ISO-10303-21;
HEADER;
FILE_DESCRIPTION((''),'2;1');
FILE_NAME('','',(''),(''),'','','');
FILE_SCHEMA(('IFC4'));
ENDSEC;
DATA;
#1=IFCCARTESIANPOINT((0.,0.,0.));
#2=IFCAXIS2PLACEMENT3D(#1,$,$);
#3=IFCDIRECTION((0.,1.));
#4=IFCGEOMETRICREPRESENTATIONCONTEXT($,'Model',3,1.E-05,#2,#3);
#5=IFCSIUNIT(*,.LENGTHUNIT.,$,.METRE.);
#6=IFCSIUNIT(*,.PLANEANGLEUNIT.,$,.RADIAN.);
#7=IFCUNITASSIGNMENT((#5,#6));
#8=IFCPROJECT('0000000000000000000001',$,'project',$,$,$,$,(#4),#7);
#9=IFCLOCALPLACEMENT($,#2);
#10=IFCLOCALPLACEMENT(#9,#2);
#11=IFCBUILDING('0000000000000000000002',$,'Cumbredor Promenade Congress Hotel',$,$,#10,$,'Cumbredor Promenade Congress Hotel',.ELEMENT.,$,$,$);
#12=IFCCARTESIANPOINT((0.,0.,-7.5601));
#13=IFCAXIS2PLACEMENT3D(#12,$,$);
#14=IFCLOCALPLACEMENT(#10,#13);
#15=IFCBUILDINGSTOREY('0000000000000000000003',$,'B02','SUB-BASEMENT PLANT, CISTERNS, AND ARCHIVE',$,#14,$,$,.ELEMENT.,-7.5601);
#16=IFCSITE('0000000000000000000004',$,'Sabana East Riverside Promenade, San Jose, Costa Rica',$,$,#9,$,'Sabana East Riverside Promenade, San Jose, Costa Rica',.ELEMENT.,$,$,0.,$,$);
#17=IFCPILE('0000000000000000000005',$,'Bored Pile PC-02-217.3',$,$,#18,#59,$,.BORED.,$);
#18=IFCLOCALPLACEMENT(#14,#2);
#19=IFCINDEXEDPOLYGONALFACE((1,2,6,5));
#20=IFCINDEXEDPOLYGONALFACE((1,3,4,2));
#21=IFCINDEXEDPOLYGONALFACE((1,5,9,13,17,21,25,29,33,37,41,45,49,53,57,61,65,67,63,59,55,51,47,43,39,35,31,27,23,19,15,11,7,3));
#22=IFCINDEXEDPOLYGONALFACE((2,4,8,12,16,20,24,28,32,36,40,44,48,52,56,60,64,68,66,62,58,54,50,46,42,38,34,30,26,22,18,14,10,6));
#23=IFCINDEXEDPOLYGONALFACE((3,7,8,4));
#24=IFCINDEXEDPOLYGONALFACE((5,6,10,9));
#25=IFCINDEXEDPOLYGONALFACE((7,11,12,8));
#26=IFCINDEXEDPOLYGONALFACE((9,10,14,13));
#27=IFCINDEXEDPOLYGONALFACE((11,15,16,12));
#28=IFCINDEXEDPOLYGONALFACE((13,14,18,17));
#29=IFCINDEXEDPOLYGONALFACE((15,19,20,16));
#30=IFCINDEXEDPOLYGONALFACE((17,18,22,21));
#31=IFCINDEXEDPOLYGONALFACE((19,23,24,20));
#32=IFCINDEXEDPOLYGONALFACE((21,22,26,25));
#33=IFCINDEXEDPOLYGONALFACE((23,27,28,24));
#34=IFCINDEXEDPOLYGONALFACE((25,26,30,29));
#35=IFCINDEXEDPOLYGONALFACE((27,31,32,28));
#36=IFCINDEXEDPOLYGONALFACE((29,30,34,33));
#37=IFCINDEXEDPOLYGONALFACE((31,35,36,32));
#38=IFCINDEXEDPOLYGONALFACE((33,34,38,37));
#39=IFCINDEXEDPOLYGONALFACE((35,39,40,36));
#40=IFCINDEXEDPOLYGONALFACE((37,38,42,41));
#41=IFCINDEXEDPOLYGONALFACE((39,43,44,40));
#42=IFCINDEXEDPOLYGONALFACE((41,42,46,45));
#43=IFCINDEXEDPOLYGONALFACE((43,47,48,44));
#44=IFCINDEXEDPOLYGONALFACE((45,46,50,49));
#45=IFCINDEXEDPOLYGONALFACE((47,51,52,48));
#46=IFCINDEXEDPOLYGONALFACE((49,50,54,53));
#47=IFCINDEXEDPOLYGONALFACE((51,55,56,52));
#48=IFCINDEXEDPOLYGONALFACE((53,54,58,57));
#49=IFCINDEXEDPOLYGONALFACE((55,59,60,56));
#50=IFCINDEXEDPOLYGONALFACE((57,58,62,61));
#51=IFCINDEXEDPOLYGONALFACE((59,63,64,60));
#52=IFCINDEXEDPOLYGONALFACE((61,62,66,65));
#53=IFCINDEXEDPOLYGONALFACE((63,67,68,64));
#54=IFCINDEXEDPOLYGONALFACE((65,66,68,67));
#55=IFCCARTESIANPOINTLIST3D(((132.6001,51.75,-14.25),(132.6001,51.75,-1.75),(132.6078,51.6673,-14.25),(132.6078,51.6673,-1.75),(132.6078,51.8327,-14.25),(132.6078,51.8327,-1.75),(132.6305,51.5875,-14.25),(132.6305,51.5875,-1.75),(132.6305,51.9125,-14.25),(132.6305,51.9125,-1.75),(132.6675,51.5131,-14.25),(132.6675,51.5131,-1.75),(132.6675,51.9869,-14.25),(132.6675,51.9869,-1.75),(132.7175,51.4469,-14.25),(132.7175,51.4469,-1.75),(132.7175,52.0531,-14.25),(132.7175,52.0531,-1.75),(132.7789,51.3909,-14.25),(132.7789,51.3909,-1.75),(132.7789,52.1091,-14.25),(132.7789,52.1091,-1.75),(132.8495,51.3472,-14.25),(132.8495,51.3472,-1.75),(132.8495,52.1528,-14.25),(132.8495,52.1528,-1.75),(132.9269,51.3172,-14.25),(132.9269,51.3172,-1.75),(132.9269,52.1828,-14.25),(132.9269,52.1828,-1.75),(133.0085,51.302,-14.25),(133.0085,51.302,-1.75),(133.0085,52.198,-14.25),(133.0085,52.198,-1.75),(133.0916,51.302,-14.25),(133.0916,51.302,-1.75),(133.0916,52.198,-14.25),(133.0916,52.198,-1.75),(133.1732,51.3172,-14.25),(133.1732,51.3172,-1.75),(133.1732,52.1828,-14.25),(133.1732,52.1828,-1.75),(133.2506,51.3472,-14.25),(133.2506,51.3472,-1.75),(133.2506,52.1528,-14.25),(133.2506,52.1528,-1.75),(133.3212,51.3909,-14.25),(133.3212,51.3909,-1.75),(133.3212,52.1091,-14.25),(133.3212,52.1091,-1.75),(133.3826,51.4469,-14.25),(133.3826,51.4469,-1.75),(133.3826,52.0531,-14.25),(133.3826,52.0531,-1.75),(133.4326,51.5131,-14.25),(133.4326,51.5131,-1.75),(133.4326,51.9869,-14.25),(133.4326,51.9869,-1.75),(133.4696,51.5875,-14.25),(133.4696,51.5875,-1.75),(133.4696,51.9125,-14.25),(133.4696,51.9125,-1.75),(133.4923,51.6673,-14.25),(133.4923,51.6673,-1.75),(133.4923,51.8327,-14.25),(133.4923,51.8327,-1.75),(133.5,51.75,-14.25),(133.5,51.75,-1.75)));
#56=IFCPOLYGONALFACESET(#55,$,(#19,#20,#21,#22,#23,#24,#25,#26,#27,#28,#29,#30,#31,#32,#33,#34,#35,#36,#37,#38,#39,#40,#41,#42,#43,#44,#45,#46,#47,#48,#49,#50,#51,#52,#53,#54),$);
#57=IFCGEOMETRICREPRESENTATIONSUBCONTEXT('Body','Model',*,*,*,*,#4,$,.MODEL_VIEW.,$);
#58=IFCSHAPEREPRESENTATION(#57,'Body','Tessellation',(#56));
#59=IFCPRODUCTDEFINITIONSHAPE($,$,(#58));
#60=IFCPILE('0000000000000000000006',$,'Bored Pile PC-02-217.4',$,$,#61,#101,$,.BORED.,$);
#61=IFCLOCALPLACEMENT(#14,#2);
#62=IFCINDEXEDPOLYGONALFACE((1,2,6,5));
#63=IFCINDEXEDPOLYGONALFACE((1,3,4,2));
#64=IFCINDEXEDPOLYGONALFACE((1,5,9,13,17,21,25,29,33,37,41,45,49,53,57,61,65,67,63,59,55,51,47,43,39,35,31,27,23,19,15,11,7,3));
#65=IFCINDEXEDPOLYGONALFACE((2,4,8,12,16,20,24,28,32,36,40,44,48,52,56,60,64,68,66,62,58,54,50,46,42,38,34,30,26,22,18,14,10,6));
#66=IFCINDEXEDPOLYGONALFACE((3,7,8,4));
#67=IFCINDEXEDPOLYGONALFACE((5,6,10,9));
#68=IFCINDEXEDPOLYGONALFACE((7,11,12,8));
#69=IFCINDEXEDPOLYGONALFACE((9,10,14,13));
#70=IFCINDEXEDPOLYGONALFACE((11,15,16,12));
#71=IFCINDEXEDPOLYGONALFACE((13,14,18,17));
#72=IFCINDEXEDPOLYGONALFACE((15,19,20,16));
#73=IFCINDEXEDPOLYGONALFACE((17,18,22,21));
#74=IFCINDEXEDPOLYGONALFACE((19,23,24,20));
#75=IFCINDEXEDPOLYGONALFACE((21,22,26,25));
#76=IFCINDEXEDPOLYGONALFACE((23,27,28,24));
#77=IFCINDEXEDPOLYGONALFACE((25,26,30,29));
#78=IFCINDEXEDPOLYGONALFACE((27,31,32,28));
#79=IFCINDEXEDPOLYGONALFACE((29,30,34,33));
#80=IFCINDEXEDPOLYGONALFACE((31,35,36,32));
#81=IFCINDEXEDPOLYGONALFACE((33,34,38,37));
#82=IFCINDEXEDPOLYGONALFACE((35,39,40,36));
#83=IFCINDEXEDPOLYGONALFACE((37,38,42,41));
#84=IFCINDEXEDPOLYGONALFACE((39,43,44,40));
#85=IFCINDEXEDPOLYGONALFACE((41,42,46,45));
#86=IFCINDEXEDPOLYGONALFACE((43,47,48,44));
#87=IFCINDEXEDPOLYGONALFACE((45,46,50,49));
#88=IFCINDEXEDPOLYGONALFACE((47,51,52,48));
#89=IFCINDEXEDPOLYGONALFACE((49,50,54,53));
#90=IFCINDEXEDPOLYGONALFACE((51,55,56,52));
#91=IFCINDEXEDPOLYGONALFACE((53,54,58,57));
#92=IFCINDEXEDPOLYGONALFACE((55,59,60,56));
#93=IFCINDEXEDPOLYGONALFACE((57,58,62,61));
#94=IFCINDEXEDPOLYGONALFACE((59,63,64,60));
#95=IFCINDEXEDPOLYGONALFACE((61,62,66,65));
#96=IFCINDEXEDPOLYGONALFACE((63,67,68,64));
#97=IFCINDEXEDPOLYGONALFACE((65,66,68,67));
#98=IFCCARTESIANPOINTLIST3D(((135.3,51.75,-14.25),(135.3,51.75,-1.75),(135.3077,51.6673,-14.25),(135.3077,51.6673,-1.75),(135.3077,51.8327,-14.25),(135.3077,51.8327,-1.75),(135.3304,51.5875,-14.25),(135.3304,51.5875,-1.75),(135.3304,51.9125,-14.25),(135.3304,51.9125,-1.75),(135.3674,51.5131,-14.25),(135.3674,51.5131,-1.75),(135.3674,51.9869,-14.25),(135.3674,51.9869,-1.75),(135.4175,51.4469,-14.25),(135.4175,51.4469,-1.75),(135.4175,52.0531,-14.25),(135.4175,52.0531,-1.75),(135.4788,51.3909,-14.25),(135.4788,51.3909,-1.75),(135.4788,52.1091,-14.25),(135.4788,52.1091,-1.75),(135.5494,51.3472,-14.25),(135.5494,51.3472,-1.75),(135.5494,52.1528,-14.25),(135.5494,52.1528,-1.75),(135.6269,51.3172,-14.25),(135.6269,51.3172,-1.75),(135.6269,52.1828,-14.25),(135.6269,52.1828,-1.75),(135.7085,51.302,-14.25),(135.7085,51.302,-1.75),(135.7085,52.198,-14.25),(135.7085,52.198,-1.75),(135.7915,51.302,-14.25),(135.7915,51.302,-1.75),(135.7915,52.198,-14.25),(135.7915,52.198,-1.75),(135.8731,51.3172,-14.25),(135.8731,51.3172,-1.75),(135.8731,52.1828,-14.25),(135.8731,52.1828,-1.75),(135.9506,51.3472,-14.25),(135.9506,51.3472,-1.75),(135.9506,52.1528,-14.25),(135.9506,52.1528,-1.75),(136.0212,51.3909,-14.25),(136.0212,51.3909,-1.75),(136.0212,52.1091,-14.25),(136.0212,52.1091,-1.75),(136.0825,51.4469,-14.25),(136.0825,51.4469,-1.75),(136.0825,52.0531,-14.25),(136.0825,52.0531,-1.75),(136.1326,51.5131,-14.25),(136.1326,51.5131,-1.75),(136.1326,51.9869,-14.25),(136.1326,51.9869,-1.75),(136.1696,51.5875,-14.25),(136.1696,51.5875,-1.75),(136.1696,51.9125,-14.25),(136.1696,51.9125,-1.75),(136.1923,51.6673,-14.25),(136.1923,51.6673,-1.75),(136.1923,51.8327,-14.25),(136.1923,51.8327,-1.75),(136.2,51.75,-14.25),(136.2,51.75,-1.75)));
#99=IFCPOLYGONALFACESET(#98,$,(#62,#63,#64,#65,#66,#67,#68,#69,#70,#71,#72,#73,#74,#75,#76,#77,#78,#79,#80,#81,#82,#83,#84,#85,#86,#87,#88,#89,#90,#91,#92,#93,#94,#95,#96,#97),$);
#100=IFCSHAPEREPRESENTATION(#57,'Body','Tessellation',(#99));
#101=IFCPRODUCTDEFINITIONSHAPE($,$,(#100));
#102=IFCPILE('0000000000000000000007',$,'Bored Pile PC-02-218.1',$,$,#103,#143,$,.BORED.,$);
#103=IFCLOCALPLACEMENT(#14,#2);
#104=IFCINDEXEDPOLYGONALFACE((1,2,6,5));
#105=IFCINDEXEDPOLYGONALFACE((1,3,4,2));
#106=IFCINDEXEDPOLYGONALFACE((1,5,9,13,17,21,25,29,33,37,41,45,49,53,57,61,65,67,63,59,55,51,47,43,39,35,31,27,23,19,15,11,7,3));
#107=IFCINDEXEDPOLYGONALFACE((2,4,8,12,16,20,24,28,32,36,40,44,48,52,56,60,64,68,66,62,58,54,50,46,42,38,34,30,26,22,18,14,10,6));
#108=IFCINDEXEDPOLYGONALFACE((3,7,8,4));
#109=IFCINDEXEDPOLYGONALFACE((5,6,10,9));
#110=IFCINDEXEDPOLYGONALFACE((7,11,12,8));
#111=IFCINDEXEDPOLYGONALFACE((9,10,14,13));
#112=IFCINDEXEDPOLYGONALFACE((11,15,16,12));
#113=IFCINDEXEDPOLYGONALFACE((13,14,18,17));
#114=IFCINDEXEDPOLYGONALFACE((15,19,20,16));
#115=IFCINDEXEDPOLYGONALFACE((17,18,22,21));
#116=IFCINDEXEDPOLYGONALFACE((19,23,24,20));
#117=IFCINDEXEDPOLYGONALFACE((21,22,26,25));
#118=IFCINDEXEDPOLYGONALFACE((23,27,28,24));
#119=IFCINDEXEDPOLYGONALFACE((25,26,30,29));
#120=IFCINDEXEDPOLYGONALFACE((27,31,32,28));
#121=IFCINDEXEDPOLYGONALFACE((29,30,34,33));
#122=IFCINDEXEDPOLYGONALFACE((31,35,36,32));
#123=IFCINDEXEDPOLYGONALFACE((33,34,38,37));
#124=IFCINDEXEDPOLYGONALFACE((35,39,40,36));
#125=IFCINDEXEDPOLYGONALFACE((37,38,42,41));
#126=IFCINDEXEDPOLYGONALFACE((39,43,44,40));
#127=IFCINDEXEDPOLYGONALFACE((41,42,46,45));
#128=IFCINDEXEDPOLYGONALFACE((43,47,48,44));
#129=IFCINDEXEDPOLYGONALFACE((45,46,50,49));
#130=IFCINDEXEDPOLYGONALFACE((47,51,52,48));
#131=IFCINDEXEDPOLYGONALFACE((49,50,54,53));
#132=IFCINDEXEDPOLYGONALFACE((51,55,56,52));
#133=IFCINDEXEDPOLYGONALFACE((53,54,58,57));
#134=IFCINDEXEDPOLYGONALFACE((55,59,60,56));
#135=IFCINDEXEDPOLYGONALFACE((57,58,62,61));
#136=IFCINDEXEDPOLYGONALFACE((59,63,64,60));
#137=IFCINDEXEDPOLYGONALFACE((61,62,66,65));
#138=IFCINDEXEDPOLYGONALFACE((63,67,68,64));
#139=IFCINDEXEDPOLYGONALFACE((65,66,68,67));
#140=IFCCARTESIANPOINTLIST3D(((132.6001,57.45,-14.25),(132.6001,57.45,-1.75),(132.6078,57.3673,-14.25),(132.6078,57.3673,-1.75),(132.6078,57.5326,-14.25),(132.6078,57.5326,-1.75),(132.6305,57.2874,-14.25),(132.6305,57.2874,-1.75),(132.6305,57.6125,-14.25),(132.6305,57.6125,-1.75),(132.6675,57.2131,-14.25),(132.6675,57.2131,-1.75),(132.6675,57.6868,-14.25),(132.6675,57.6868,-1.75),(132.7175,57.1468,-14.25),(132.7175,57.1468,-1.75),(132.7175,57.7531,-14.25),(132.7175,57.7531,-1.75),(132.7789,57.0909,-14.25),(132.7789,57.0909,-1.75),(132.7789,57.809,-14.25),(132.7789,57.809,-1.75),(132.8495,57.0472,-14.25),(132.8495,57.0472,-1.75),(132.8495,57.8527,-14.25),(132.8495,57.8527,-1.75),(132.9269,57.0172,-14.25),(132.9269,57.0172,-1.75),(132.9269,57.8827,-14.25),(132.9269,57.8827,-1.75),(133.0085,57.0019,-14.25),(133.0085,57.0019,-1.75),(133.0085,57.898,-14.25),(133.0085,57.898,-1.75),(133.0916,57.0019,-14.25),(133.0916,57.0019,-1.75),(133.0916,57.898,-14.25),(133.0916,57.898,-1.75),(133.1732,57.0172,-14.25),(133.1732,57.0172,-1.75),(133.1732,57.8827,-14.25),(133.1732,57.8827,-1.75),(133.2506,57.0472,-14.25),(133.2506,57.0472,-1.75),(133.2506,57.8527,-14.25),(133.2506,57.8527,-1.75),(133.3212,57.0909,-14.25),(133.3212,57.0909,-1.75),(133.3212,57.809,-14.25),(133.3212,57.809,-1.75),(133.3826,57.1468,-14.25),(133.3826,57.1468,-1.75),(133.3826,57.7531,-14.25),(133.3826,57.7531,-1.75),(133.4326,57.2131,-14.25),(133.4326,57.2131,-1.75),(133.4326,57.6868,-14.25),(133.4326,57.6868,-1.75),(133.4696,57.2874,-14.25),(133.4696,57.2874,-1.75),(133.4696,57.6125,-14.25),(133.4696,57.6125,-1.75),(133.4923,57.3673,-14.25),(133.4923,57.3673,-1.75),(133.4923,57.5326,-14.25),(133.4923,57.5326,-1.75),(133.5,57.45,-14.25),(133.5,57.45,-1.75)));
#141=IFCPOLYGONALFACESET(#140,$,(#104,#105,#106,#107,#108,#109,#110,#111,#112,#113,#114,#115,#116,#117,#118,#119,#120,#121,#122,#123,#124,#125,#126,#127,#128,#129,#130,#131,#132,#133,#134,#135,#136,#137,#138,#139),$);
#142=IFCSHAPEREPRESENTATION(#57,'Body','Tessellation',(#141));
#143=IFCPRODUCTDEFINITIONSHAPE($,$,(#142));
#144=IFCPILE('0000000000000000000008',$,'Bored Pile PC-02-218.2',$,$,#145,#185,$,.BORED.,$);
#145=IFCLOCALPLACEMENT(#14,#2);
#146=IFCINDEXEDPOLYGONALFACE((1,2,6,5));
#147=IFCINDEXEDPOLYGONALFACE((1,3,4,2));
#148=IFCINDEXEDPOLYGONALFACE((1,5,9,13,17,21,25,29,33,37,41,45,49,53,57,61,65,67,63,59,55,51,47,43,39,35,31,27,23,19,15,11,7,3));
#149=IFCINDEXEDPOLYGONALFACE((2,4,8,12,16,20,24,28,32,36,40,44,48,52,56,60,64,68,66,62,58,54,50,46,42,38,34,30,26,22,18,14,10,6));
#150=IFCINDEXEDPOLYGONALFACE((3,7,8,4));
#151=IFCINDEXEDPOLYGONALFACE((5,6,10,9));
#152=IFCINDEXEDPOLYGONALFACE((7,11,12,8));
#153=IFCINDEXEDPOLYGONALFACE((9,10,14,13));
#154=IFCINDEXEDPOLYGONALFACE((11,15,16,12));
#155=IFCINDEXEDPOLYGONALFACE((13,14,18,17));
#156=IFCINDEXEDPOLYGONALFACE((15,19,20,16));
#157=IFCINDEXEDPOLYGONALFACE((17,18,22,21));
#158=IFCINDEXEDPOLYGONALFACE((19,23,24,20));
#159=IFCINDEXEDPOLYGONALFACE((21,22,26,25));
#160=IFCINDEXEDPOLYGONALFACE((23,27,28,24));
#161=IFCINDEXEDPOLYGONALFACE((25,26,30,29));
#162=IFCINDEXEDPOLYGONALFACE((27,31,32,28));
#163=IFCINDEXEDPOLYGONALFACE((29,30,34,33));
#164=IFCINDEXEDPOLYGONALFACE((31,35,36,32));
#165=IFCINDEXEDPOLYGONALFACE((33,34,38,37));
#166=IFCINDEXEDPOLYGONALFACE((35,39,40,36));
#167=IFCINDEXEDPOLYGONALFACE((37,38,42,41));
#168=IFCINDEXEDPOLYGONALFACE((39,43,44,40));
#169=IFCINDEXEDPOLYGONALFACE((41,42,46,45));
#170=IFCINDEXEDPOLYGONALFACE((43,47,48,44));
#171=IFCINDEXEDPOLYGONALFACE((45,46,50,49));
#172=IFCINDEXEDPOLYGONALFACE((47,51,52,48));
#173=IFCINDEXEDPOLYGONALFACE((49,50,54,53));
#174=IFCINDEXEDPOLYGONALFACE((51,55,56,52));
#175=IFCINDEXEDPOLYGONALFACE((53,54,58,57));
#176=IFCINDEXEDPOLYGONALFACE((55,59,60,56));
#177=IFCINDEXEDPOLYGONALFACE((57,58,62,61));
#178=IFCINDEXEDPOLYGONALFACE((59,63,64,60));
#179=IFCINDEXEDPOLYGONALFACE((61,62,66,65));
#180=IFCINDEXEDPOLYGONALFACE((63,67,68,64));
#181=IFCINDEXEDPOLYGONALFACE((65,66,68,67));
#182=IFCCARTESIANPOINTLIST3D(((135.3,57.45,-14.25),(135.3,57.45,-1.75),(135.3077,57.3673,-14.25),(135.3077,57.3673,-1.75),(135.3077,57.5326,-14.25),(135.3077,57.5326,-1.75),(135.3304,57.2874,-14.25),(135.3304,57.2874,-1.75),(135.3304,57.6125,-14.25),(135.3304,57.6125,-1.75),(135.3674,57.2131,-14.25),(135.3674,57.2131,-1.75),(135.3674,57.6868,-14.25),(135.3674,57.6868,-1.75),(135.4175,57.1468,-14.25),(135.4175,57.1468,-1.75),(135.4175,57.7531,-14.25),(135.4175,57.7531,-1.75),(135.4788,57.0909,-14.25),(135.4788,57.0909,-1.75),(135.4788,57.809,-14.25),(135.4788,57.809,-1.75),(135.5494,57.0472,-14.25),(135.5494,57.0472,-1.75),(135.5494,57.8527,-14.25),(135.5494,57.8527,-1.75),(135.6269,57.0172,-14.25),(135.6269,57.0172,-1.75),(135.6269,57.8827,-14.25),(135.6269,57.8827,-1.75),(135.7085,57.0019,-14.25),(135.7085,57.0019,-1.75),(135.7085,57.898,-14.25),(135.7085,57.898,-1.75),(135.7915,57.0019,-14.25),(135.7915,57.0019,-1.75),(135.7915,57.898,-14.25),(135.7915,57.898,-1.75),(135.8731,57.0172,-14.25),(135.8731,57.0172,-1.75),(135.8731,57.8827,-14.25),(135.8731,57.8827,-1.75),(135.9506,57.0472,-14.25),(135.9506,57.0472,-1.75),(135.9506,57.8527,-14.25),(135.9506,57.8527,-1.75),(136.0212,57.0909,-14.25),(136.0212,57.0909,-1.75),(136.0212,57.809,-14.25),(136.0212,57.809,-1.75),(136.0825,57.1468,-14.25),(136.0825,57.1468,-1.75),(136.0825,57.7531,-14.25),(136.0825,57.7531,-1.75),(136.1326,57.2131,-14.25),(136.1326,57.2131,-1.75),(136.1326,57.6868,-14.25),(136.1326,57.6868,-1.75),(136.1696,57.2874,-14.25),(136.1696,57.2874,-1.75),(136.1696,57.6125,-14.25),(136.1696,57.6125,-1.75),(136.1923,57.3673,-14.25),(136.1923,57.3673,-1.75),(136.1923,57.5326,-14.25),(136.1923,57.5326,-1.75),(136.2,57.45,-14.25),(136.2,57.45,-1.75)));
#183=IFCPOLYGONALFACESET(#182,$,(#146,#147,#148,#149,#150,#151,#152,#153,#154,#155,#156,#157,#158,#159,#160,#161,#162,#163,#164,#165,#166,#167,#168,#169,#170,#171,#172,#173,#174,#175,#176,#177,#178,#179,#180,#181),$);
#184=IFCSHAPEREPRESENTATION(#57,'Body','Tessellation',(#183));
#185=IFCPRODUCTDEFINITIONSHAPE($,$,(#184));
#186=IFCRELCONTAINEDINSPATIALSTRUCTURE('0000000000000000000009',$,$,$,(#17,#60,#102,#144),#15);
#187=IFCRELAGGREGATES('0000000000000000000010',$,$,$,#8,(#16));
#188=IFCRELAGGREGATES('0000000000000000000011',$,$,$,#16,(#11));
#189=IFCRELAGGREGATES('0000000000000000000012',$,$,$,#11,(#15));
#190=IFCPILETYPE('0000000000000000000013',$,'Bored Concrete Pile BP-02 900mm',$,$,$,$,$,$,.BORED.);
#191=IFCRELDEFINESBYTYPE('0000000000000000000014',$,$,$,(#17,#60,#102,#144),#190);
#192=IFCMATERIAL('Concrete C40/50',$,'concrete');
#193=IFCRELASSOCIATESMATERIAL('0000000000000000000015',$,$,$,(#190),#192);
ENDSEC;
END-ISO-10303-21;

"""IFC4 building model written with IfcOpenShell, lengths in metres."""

from ifc_helpers import new_model, si_unit, direction, frame, origin, origin_2d, place, context, subcontext, project, spatial, circle, extrude, material, material_profile, profile_set, type_object, element, save


model = new_model("IFC4")

# Units and contexts
model_context = context("Model", 3, precision=1e-05, world=origin(), true_north=direction((0.0, 1.0)))
body_context = subcontext(model_context, "Body", "Model", "MODEL_VIEW")
ifc_project = project(units=[si_unit("LENGTHUNIT", "METRE"), si_unit("PLANEANGLEUNIT", "RADIAN")], contexts=[model_context])

# Site, building, storey
site_placement = place(None, origin())
site = spatial("IfcSite", under=ifc_project, at=site_placement, Name="Sabana East Riverside Promenade, San Jose, Costa Rica", LongName="Sabana East Riverside Promenade, San Jose, Costa Rica", CompositionType="ELEMENT", RefElevation=0.0)
building_placement = place(site_placement, origin())
building = spatial("IfcBuilding", under=site, at=building_placement, Name="Cumbredor Promenade Congress Hotel", LongName="Cumbredor Promenade Congress Hotel", CompositionType="ELEMENT")
storey_placement = place(building_placement, frame((0.0, 0.0, -7.5601)))
storey = spatial("IfcBuildingStorey", under=building, at=storey_placement, Name="B02", Description="SUB-BASEMENT PLANT, CISTERNS, AND ARCHIVE", CompositionType="ELEMENT", Elevation=-7.5601)

# Piles
ifc_material_1 = material(Name="Concrete C40/50", Category="concrete")
ifc_material_profile_1 = material_profile(ifc_material_1, circle(Radius=0.45, at=origin_2d()), Name="PILE D900")
ifc_profile_set_1 = profile_set([ifc_material_profile_1], Name="Concrete C40/50")
pile_type = type_object("IfcPileType", Name="Bored Concrete Pile BP-02 900mm", PredefinedType="BORED", material=ifc_profile_set_1)
for number, where, z_axis, x_axis, name in (
    (1, (133.05, 51.75, -1.75), (0.0, 0.0, -1.0), (1.0, 0.0, 0.0), "Bored Pile PC-02-217.3"),
    (2, (135.75, 51.75, -1.75), (0.0, 0.0, -1.0), (1.0, 0.0, 0.0), "Bored Pile PC-02-217.4"),
    (3, (133.05, 57.45, -1.75), (0.0, 0.0, -1.0), (1.0, 0.0, 0.0), "Bored Pile PC-02-218.1"),
    (4, (135.75, 57.45, -1.75), (0.0, 0.0, -1.0), (1.0, 0.0, 0.0), "Bored Pile PC-02-218.2"),
):
    element("IfcPile", number, at=place(storey_placement, frame(where, z_axis=z_axis, x_axis=x_axis)), inside=storey, type_object=pile_type, Name=name, PredefinedType="BORED", context=body_context, shape_type="SweptSolid", body=[
        extrude(circle(Radius=0.45, at=origin_2d()), origin(), (0.0, 0.0, 1.0), 12.5),
    ])

save(model, "model.ifc")
